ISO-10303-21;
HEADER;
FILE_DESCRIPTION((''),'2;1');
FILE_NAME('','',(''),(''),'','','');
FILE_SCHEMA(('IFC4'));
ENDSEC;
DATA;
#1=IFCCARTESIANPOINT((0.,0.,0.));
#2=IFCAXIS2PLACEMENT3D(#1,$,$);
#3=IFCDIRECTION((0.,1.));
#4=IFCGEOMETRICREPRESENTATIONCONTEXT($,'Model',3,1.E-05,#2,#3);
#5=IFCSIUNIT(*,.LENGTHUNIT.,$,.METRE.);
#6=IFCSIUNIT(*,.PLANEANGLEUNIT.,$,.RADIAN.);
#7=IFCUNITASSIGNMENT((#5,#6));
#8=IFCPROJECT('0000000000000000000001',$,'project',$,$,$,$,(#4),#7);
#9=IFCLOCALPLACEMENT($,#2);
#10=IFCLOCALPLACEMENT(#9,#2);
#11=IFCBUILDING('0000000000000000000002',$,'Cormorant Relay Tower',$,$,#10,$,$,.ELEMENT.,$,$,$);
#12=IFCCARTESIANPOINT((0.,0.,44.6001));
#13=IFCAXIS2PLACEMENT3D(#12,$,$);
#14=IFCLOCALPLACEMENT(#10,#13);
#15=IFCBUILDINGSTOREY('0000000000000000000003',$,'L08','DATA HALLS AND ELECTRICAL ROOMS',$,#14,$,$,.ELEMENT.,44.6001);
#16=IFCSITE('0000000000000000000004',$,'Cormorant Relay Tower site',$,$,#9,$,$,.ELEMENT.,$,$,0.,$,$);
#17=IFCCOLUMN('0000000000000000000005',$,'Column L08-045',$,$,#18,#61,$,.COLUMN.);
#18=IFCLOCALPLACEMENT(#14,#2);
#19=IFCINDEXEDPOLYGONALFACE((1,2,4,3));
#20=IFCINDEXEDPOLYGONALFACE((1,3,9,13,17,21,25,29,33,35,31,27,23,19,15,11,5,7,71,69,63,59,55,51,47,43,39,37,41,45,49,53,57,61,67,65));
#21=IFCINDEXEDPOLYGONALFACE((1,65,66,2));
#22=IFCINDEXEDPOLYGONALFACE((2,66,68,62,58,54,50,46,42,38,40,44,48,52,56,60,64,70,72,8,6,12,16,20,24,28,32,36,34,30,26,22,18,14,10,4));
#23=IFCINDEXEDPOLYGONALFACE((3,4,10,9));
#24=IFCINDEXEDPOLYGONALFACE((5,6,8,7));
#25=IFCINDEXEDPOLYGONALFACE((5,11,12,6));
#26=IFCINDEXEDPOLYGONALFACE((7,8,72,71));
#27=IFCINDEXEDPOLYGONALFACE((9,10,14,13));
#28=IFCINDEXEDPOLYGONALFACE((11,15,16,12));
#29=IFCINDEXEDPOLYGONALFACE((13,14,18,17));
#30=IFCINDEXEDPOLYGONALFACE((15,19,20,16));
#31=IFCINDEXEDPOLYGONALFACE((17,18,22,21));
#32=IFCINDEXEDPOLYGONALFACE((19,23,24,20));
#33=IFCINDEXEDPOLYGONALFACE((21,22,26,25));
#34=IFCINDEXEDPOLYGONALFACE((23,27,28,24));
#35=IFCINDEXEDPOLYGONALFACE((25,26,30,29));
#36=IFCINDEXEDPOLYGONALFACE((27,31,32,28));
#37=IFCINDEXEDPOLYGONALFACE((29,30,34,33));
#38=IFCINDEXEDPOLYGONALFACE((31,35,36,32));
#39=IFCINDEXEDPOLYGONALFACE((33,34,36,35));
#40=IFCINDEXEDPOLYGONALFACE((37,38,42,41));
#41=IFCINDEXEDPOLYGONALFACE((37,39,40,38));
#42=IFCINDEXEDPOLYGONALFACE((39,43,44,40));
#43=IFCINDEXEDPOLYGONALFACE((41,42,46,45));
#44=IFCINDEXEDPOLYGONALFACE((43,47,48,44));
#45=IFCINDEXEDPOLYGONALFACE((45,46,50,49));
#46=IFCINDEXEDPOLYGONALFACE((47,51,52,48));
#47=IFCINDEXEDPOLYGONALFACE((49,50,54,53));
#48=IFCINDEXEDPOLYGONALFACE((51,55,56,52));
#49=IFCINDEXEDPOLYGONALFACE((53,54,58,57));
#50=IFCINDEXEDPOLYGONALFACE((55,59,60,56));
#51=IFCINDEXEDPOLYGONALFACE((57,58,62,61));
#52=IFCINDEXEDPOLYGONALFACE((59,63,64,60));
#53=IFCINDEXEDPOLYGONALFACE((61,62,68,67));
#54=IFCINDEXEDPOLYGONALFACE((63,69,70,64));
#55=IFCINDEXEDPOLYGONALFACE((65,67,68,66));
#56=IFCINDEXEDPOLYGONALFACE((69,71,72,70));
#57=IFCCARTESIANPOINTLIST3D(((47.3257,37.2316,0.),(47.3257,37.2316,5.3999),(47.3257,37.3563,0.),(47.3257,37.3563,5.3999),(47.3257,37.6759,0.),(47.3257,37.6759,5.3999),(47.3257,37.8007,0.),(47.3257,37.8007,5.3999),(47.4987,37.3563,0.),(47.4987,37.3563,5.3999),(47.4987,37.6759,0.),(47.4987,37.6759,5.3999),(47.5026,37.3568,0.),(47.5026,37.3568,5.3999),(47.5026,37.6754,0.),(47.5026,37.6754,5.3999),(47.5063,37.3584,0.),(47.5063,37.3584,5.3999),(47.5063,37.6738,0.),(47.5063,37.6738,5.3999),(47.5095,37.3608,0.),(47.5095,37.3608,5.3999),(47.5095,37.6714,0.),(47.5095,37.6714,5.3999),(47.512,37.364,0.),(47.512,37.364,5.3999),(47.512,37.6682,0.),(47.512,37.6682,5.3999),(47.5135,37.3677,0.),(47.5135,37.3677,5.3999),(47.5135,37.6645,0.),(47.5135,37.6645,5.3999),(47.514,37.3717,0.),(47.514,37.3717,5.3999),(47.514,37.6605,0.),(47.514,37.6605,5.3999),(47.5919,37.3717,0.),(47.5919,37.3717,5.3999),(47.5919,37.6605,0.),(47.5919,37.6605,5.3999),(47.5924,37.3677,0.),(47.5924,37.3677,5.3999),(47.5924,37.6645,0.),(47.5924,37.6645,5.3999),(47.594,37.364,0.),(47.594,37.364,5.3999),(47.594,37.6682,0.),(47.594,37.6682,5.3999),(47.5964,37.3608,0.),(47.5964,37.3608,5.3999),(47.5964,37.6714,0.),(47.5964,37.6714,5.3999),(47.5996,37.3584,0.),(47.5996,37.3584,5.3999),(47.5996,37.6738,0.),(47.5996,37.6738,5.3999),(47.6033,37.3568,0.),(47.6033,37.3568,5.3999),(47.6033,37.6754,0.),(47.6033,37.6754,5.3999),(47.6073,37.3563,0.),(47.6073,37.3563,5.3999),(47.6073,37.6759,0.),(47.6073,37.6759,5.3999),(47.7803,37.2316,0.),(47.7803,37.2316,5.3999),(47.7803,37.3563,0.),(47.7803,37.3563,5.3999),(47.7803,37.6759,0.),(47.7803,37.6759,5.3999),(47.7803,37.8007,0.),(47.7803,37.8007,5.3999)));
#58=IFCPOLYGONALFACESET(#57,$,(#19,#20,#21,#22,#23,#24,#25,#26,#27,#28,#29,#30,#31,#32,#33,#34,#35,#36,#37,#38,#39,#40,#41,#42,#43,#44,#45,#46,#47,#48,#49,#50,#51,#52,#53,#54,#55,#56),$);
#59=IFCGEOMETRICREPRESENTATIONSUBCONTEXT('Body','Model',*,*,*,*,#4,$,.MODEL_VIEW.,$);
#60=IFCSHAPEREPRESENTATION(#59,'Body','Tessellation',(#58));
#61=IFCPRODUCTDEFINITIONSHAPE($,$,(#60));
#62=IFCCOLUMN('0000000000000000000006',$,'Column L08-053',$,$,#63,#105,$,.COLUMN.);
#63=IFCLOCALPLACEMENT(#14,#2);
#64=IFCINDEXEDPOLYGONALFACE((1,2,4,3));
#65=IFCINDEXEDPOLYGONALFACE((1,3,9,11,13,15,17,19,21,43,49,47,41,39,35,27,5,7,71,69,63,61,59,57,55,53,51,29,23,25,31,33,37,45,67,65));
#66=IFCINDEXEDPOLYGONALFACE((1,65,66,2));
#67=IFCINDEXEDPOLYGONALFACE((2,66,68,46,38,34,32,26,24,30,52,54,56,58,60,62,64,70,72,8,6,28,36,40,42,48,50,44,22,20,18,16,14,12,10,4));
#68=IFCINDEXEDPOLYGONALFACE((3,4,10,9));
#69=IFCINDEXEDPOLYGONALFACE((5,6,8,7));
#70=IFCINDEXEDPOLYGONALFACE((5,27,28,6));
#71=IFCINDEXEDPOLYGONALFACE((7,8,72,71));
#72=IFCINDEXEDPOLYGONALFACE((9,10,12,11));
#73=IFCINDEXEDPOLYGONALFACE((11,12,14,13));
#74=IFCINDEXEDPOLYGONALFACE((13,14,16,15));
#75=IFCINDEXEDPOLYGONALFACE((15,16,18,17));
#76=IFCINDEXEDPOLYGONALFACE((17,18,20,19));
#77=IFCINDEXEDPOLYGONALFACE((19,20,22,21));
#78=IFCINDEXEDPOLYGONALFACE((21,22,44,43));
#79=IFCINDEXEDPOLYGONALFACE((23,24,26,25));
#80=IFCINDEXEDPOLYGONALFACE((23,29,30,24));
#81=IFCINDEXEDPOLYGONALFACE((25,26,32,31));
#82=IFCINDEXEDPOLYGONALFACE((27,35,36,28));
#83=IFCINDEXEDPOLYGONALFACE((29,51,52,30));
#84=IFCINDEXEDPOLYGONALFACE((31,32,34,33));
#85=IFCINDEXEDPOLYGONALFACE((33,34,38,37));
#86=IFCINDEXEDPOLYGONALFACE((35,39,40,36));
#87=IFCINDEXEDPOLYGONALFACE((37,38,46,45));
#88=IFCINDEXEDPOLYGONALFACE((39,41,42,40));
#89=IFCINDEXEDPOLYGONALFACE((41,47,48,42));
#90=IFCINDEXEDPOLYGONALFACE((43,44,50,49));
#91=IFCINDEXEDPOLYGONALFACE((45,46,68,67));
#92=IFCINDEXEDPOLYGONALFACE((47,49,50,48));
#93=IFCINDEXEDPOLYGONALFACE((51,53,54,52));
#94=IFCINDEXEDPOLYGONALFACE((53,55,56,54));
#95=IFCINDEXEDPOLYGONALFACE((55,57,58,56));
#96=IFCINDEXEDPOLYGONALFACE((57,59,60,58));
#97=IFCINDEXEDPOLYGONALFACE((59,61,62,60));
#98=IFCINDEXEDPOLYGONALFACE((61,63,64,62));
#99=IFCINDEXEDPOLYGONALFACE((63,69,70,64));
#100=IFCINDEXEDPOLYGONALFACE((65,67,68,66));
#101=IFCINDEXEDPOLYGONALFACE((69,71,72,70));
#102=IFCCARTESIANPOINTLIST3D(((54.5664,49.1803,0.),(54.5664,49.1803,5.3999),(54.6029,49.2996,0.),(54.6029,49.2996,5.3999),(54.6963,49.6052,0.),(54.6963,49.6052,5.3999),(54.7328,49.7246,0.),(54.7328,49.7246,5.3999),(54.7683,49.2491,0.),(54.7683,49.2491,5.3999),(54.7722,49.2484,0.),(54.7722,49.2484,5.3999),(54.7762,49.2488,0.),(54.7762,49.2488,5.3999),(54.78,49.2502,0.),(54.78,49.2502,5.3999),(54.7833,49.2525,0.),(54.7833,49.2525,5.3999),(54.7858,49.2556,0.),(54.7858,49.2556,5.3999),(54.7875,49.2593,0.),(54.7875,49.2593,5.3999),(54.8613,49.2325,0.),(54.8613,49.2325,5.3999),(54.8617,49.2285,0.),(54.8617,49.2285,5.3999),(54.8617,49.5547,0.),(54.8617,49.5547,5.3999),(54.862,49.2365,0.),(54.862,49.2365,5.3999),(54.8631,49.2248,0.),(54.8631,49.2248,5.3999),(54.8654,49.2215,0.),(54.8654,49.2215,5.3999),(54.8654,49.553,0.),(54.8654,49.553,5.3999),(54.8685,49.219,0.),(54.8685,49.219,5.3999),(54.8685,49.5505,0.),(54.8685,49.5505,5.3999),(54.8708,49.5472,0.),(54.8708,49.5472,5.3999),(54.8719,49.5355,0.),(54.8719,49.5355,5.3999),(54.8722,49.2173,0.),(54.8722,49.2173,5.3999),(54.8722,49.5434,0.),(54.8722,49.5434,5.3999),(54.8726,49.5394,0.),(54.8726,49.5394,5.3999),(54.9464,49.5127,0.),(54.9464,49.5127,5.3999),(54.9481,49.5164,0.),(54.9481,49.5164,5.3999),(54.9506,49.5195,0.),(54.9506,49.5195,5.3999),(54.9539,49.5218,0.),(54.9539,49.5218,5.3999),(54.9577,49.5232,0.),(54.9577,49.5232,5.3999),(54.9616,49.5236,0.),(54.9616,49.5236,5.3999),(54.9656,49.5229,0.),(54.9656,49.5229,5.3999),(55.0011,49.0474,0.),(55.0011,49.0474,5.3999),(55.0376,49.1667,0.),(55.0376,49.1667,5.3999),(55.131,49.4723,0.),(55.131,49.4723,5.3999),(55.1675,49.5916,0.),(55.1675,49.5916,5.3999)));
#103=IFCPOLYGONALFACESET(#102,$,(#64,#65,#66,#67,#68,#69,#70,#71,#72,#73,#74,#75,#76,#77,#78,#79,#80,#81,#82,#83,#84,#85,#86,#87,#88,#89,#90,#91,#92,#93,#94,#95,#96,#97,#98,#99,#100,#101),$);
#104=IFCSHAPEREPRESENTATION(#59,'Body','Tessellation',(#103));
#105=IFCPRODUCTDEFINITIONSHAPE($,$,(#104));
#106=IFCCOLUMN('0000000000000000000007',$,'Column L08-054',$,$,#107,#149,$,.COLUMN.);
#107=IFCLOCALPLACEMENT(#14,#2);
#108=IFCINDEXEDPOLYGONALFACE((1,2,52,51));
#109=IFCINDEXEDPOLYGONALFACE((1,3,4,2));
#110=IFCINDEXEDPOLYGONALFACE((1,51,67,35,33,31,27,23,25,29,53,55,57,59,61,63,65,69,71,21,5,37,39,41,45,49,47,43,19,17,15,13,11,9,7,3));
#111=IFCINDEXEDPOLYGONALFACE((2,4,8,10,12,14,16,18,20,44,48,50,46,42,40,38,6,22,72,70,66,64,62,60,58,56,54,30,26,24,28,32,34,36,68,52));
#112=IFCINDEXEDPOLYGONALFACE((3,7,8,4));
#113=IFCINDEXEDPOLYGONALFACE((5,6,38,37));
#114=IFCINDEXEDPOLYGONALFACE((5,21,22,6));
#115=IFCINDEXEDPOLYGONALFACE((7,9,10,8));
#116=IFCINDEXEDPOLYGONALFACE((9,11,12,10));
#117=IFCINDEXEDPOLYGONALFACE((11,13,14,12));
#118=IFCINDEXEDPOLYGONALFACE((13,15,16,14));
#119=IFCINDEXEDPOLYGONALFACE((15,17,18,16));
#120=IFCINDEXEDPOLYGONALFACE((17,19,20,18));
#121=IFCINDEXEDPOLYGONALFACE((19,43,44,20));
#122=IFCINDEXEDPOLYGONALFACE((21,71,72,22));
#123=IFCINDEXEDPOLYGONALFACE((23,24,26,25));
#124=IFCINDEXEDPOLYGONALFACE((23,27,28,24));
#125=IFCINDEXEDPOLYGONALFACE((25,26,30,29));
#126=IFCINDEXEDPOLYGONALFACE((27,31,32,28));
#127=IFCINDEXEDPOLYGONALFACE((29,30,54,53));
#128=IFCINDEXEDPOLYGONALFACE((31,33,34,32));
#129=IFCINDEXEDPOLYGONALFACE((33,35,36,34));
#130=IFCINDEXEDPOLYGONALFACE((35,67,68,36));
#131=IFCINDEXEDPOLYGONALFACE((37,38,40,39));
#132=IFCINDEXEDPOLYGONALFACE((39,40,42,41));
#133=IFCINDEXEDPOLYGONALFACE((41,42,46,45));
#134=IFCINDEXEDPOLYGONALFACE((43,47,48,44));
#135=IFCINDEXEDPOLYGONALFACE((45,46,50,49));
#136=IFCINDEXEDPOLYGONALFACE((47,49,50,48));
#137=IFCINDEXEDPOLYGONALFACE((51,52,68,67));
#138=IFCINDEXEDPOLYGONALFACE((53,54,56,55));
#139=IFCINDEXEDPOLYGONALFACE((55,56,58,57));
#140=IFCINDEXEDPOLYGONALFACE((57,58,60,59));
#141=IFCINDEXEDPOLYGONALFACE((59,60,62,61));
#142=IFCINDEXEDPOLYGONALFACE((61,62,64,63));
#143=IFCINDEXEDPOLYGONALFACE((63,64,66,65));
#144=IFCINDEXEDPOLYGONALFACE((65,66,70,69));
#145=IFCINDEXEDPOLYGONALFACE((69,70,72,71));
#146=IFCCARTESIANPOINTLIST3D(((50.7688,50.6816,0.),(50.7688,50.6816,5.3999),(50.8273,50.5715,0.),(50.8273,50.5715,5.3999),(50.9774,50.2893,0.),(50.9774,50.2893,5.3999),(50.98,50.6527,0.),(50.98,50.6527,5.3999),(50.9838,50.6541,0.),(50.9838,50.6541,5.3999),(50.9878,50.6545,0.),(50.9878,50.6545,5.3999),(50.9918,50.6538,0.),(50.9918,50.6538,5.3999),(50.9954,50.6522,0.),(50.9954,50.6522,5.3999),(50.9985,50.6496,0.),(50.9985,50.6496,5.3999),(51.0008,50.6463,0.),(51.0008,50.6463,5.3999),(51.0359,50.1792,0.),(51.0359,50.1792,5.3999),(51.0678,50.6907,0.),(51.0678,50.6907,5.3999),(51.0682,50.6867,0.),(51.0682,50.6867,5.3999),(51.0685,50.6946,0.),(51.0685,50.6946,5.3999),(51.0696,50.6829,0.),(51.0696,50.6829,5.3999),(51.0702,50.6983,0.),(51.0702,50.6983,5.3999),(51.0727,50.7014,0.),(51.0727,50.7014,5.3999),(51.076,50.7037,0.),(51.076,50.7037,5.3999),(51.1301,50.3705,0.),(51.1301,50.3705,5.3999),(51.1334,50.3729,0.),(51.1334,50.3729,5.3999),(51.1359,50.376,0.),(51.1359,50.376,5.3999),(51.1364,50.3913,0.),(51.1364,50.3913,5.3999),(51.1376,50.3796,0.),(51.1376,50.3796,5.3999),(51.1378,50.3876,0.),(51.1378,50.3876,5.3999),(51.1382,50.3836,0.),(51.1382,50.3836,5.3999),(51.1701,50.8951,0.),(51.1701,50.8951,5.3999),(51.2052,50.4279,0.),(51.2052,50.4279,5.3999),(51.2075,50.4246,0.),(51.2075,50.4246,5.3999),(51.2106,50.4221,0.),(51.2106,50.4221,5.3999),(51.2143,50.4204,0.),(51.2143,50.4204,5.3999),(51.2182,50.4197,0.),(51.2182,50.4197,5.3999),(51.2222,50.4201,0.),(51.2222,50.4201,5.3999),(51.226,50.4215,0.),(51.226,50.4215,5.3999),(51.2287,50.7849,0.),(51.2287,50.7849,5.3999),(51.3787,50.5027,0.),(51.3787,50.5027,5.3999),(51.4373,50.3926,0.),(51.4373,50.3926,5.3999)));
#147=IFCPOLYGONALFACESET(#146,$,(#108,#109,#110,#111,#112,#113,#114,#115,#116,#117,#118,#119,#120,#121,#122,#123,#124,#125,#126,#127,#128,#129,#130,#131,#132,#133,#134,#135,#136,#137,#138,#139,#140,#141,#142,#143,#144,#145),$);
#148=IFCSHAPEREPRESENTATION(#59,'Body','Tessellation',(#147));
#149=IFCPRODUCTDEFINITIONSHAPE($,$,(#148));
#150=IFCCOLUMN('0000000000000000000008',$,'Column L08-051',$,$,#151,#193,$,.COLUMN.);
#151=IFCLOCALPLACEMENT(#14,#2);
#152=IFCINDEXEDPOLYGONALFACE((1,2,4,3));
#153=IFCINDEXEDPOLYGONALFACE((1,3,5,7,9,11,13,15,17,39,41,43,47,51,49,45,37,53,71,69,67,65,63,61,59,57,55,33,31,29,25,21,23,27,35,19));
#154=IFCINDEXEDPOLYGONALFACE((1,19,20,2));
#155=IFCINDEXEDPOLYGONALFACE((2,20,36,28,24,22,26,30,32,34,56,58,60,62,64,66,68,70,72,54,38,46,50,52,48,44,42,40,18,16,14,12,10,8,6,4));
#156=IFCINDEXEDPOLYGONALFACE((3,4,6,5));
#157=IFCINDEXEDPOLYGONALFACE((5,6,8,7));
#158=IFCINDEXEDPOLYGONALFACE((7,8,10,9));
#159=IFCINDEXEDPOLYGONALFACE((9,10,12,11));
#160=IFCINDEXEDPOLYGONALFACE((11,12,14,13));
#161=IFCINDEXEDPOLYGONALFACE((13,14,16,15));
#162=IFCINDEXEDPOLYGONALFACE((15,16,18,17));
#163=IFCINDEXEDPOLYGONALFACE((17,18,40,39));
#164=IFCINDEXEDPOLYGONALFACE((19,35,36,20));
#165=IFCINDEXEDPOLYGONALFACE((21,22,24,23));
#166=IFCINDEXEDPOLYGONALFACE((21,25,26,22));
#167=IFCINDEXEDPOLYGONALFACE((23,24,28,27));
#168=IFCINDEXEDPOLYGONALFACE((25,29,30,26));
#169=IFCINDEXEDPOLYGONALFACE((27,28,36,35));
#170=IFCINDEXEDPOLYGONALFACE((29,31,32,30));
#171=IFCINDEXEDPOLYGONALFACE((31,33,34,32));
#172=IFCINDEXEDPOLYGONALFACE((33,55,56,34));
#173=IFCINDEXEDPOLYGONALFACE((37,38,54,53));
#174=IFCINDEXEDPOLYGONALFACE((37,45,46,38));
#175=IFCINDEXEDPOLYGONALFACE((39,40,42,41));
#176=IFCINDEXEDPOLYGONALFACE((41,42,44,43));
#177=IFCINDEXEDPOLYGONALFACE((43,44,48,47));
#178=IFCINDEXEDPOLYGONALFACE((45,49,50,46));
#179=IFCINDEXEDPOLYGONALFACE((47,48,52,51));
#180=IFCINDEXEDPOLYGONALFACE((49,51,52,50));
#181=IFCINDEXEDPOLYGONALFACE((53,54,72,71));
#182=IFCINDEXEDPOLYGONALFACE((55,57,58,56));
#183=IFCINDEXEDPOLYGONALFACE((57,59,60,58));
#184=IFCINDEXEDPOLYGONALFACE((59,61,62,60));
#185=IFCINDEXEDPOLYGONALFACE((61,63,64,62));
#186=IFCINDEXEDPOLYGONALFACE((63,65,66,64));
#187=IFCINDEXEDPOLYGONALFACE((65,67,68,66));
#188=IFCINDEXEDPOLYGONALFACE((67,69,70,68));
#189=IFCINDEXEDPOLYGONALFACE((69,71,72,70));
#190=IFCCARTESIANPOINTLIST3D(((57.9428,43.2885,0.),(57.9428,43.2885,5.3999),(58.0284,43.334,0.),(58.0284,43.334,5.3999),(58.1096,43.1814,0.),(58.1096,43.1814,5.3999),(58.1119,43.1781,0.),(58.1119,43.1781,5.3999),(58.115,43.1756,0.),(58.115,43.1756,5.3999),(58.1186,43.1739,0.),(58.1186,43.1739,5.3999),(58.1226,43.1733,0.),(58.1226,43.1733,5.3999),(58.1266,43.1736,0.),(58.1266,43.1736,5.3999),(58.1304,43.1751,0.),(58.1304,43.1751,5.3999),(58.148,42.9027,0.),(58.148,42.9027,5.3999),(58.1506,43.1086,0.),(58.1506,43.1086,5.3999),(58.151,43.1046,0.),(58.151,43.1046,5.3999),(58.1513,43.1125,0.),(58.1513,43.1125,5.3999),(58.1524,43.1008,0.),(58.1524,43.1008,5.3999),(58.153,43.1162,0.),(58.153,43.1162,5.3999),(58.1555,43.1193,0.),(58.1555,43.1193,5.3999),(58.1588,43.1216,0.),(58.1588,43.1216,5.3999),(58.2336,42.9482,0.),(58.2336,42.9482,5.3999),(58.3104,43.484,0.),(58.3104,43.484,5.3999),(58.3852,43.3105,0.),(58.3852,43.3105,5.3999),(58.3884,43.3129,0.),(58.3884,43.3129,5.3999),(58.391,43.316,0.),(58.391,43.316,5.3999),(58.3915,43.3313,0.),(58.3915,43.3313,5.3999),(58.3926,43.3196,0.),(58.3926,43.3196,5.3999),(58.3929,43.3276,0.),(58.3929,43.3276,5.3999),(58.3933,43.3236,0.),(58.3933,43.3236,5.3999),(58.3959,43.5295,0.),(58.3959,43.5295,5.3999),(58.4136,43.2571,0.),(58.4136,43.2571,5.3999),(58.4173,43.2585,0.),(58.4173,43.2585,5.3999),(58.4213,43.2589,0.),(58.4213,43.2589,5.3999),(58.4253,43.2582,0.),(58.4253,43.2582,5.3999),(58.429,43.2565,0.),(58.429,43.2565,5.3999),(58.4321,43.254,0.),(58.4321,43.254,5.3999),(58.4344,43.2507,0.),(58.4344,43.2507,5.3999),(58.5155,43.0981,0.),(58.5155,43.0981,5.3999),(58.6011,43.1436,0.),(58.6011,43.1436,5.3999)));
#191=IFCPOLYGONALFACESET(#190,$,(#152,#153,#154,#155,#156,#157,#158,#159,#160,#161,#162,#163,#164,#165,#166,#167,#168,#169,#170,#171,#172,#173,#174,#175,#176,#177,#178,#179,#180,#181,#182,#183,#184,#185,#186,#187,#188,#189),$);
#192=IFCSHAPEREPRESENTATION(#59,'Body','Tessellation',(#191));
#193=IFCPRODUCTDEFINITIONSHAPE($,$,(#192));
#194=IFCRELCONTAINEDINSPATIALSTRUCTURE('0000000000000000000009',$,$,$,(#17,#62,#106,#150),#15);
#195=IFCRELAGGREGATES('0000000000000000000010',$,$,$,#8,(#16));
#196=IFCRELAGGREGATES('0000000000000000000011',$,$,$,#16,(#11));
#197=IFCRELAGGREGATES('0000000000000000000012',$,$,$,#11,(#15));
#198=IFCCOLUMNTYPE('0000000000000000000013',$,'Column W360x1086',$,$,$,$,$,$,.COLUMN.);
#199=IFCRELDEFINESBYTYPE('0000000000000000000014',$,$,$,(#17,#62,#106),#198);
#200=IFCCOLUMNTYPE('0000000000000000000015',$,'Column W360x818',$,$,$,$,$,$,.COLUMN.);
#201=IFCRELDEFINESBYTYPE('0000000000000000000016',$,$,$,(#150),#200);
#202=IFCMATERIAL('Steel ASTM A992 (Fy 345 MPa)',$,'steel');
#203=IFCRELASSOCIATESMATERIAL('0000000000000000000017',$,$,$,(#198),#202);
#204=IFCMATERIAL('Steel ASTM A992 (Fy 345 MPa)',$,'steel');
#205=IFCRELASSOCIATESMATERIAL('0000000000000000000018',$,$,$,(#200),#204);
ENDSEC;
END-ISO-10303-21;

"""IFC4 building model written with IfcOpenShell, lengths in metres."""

from ifc_helpers import new_model, si_unit, direction, frame, origin, origin_2d, place, context, subcontext, project, spatial, i_section, extrude, material, material_profile, profile_set, type_object, element, save


model = new_model("IFC4")

# Units and contexts
model_context = context("Model", 3, precision=1e-05, world=origin(), true_north=direction((0.0, 1.0)))
body_context = subcontext(model_context, "Body", "Model", "MODEL_VIEW")
ifc_project = project(units=[si_unit("LENGTHUNIT", "METRE"), si_unit("PLANEANGLEUNIT", "RADIAN")], contexts=[model_context])

# Site, building, storey
site_placement = place(None, origin())
site = spatial("IfcSite", under=ifc_project, at=site_placement, Name="Cormorant Relay Tower site", CompositionType="ELEMENT", RefElevation=0.0)
building_placement = place(site_placement, origin())
building = spatial("IfcBuilding", under=site, at=building_placement, Name="Cormorant Relay Tower", CompositionType="ELEMENT")
storey_placement = place(building_placement, frame((0.0, 0.0, 44.6001)))
storey = spatial("IfcBuildingStorey", under=building, at=storey_placement, Name="L08", Description="DATA HALLS AND ELECTRICAL ROOMS", CompositionType="ELEMENT", Elevation=44.6001)

# Columns
ifc_material_1 = material(Name="Steel ASTM A992 (Fy 345 MPa)", Category="steel")
ifc_material_profile_1 = material_profile(ifc_material_1, i_section(OverallWidth=0.4546, OverallDepth=0.5691, WebThickness=0.0779, FlangeThickness=0.1248, FilletRadius=0.0154, at=origin_2d()), Name="W360x1086")
ifc_profile_set_1 = profile_set([ifc_material_profile_1], Name="Steel ASTM A992 (Fy 345 MPa)")
column_type_1 = type_object("IfcColumnType", Name="Column W360x1086", PredefinedType="COLUMN", material=ifc_profile_set_1)
for number, where, z_axis, x_axis, name in (
    (1, (47.553, 37.5161, 0.0), (0.0, 0.0, 1.0), (1.0, 0.0, 0.0), "Column L08-045"),
    (2, (54.8669, 49.386, 0.0), (0.0, 0.0, 1.0), (-0.956305, 0.292372, 0.0), "Column L08-053"),
    (3, (51.103, 50.5371, 0.0), (0.0, 0.0, 1.0), (-0.882948, -0.469472, 0.0), "Column L08-054"),
):
    element("IfcColumn", number, at=place(storey_placement, frame(where, z_axis=z_axis, x_axis=x_axis)), inside=storey, type_object=column_type_1, Name=name, PredefinedType="COLUMN", context=body_context, shape_type="SweptSolid", body=[
        extrude(i_section(OverallWidth=0.4546, OverallDepth=0.5691, WebThickness=0.0779, FlangeThickness=0.1248, FilletRadius=0.0154, at=origin_2d()), origin(), (0.0, 0.0, 1.0), 5.3999),
    ])
ifc_material_2 = material(Name="Steel ASTM A992 (Fy 345 MPa)", Category="steel")
ifc_material_profile_2 = material_profile(ifc_material_2, i_section(OverallWidth=0.437, OverallDepth=0.5132, WebThickness=0.0605, FlangeThickness=0.0969, FilletRadius=0.0154, at=origin_2d()), Name="W360x818")
ifc_profile_set_2 = profile_set([ifc_material_profile_2], Name="Steel ASTM A992 (Fy 345 MPa)")
column_type_2 = type_object("IfcColumnType", Name="Column W360x818", PredefinedType="COLUMN", material=ifc_profile_set_2)
column_placement = place(storey_placement, frame((58.272, 43.2161, 0.0), z_axis=(0.0, 0.0, 1.0), x_axis=(-0.469472, 0.882948, 0.0)))
element("IfcColumn", 4, at=column_placement, inside=storey, type_object=column_type_2, Name="Column L08-051", PredefinedType="COLUMN", context=body_context, shape_type="SweptSolid", body=[
    extrude(i_section(OverallWidth=0.437, OverallDepth=0.5132, WebThickness=0.0605, FlangeThickness=0.0969, FilletRadius=0.0154, at=origin_2d()), origin(), (0.0, 0.0, 1.0), 5.3999),
])

save(model, "model.ifc")
